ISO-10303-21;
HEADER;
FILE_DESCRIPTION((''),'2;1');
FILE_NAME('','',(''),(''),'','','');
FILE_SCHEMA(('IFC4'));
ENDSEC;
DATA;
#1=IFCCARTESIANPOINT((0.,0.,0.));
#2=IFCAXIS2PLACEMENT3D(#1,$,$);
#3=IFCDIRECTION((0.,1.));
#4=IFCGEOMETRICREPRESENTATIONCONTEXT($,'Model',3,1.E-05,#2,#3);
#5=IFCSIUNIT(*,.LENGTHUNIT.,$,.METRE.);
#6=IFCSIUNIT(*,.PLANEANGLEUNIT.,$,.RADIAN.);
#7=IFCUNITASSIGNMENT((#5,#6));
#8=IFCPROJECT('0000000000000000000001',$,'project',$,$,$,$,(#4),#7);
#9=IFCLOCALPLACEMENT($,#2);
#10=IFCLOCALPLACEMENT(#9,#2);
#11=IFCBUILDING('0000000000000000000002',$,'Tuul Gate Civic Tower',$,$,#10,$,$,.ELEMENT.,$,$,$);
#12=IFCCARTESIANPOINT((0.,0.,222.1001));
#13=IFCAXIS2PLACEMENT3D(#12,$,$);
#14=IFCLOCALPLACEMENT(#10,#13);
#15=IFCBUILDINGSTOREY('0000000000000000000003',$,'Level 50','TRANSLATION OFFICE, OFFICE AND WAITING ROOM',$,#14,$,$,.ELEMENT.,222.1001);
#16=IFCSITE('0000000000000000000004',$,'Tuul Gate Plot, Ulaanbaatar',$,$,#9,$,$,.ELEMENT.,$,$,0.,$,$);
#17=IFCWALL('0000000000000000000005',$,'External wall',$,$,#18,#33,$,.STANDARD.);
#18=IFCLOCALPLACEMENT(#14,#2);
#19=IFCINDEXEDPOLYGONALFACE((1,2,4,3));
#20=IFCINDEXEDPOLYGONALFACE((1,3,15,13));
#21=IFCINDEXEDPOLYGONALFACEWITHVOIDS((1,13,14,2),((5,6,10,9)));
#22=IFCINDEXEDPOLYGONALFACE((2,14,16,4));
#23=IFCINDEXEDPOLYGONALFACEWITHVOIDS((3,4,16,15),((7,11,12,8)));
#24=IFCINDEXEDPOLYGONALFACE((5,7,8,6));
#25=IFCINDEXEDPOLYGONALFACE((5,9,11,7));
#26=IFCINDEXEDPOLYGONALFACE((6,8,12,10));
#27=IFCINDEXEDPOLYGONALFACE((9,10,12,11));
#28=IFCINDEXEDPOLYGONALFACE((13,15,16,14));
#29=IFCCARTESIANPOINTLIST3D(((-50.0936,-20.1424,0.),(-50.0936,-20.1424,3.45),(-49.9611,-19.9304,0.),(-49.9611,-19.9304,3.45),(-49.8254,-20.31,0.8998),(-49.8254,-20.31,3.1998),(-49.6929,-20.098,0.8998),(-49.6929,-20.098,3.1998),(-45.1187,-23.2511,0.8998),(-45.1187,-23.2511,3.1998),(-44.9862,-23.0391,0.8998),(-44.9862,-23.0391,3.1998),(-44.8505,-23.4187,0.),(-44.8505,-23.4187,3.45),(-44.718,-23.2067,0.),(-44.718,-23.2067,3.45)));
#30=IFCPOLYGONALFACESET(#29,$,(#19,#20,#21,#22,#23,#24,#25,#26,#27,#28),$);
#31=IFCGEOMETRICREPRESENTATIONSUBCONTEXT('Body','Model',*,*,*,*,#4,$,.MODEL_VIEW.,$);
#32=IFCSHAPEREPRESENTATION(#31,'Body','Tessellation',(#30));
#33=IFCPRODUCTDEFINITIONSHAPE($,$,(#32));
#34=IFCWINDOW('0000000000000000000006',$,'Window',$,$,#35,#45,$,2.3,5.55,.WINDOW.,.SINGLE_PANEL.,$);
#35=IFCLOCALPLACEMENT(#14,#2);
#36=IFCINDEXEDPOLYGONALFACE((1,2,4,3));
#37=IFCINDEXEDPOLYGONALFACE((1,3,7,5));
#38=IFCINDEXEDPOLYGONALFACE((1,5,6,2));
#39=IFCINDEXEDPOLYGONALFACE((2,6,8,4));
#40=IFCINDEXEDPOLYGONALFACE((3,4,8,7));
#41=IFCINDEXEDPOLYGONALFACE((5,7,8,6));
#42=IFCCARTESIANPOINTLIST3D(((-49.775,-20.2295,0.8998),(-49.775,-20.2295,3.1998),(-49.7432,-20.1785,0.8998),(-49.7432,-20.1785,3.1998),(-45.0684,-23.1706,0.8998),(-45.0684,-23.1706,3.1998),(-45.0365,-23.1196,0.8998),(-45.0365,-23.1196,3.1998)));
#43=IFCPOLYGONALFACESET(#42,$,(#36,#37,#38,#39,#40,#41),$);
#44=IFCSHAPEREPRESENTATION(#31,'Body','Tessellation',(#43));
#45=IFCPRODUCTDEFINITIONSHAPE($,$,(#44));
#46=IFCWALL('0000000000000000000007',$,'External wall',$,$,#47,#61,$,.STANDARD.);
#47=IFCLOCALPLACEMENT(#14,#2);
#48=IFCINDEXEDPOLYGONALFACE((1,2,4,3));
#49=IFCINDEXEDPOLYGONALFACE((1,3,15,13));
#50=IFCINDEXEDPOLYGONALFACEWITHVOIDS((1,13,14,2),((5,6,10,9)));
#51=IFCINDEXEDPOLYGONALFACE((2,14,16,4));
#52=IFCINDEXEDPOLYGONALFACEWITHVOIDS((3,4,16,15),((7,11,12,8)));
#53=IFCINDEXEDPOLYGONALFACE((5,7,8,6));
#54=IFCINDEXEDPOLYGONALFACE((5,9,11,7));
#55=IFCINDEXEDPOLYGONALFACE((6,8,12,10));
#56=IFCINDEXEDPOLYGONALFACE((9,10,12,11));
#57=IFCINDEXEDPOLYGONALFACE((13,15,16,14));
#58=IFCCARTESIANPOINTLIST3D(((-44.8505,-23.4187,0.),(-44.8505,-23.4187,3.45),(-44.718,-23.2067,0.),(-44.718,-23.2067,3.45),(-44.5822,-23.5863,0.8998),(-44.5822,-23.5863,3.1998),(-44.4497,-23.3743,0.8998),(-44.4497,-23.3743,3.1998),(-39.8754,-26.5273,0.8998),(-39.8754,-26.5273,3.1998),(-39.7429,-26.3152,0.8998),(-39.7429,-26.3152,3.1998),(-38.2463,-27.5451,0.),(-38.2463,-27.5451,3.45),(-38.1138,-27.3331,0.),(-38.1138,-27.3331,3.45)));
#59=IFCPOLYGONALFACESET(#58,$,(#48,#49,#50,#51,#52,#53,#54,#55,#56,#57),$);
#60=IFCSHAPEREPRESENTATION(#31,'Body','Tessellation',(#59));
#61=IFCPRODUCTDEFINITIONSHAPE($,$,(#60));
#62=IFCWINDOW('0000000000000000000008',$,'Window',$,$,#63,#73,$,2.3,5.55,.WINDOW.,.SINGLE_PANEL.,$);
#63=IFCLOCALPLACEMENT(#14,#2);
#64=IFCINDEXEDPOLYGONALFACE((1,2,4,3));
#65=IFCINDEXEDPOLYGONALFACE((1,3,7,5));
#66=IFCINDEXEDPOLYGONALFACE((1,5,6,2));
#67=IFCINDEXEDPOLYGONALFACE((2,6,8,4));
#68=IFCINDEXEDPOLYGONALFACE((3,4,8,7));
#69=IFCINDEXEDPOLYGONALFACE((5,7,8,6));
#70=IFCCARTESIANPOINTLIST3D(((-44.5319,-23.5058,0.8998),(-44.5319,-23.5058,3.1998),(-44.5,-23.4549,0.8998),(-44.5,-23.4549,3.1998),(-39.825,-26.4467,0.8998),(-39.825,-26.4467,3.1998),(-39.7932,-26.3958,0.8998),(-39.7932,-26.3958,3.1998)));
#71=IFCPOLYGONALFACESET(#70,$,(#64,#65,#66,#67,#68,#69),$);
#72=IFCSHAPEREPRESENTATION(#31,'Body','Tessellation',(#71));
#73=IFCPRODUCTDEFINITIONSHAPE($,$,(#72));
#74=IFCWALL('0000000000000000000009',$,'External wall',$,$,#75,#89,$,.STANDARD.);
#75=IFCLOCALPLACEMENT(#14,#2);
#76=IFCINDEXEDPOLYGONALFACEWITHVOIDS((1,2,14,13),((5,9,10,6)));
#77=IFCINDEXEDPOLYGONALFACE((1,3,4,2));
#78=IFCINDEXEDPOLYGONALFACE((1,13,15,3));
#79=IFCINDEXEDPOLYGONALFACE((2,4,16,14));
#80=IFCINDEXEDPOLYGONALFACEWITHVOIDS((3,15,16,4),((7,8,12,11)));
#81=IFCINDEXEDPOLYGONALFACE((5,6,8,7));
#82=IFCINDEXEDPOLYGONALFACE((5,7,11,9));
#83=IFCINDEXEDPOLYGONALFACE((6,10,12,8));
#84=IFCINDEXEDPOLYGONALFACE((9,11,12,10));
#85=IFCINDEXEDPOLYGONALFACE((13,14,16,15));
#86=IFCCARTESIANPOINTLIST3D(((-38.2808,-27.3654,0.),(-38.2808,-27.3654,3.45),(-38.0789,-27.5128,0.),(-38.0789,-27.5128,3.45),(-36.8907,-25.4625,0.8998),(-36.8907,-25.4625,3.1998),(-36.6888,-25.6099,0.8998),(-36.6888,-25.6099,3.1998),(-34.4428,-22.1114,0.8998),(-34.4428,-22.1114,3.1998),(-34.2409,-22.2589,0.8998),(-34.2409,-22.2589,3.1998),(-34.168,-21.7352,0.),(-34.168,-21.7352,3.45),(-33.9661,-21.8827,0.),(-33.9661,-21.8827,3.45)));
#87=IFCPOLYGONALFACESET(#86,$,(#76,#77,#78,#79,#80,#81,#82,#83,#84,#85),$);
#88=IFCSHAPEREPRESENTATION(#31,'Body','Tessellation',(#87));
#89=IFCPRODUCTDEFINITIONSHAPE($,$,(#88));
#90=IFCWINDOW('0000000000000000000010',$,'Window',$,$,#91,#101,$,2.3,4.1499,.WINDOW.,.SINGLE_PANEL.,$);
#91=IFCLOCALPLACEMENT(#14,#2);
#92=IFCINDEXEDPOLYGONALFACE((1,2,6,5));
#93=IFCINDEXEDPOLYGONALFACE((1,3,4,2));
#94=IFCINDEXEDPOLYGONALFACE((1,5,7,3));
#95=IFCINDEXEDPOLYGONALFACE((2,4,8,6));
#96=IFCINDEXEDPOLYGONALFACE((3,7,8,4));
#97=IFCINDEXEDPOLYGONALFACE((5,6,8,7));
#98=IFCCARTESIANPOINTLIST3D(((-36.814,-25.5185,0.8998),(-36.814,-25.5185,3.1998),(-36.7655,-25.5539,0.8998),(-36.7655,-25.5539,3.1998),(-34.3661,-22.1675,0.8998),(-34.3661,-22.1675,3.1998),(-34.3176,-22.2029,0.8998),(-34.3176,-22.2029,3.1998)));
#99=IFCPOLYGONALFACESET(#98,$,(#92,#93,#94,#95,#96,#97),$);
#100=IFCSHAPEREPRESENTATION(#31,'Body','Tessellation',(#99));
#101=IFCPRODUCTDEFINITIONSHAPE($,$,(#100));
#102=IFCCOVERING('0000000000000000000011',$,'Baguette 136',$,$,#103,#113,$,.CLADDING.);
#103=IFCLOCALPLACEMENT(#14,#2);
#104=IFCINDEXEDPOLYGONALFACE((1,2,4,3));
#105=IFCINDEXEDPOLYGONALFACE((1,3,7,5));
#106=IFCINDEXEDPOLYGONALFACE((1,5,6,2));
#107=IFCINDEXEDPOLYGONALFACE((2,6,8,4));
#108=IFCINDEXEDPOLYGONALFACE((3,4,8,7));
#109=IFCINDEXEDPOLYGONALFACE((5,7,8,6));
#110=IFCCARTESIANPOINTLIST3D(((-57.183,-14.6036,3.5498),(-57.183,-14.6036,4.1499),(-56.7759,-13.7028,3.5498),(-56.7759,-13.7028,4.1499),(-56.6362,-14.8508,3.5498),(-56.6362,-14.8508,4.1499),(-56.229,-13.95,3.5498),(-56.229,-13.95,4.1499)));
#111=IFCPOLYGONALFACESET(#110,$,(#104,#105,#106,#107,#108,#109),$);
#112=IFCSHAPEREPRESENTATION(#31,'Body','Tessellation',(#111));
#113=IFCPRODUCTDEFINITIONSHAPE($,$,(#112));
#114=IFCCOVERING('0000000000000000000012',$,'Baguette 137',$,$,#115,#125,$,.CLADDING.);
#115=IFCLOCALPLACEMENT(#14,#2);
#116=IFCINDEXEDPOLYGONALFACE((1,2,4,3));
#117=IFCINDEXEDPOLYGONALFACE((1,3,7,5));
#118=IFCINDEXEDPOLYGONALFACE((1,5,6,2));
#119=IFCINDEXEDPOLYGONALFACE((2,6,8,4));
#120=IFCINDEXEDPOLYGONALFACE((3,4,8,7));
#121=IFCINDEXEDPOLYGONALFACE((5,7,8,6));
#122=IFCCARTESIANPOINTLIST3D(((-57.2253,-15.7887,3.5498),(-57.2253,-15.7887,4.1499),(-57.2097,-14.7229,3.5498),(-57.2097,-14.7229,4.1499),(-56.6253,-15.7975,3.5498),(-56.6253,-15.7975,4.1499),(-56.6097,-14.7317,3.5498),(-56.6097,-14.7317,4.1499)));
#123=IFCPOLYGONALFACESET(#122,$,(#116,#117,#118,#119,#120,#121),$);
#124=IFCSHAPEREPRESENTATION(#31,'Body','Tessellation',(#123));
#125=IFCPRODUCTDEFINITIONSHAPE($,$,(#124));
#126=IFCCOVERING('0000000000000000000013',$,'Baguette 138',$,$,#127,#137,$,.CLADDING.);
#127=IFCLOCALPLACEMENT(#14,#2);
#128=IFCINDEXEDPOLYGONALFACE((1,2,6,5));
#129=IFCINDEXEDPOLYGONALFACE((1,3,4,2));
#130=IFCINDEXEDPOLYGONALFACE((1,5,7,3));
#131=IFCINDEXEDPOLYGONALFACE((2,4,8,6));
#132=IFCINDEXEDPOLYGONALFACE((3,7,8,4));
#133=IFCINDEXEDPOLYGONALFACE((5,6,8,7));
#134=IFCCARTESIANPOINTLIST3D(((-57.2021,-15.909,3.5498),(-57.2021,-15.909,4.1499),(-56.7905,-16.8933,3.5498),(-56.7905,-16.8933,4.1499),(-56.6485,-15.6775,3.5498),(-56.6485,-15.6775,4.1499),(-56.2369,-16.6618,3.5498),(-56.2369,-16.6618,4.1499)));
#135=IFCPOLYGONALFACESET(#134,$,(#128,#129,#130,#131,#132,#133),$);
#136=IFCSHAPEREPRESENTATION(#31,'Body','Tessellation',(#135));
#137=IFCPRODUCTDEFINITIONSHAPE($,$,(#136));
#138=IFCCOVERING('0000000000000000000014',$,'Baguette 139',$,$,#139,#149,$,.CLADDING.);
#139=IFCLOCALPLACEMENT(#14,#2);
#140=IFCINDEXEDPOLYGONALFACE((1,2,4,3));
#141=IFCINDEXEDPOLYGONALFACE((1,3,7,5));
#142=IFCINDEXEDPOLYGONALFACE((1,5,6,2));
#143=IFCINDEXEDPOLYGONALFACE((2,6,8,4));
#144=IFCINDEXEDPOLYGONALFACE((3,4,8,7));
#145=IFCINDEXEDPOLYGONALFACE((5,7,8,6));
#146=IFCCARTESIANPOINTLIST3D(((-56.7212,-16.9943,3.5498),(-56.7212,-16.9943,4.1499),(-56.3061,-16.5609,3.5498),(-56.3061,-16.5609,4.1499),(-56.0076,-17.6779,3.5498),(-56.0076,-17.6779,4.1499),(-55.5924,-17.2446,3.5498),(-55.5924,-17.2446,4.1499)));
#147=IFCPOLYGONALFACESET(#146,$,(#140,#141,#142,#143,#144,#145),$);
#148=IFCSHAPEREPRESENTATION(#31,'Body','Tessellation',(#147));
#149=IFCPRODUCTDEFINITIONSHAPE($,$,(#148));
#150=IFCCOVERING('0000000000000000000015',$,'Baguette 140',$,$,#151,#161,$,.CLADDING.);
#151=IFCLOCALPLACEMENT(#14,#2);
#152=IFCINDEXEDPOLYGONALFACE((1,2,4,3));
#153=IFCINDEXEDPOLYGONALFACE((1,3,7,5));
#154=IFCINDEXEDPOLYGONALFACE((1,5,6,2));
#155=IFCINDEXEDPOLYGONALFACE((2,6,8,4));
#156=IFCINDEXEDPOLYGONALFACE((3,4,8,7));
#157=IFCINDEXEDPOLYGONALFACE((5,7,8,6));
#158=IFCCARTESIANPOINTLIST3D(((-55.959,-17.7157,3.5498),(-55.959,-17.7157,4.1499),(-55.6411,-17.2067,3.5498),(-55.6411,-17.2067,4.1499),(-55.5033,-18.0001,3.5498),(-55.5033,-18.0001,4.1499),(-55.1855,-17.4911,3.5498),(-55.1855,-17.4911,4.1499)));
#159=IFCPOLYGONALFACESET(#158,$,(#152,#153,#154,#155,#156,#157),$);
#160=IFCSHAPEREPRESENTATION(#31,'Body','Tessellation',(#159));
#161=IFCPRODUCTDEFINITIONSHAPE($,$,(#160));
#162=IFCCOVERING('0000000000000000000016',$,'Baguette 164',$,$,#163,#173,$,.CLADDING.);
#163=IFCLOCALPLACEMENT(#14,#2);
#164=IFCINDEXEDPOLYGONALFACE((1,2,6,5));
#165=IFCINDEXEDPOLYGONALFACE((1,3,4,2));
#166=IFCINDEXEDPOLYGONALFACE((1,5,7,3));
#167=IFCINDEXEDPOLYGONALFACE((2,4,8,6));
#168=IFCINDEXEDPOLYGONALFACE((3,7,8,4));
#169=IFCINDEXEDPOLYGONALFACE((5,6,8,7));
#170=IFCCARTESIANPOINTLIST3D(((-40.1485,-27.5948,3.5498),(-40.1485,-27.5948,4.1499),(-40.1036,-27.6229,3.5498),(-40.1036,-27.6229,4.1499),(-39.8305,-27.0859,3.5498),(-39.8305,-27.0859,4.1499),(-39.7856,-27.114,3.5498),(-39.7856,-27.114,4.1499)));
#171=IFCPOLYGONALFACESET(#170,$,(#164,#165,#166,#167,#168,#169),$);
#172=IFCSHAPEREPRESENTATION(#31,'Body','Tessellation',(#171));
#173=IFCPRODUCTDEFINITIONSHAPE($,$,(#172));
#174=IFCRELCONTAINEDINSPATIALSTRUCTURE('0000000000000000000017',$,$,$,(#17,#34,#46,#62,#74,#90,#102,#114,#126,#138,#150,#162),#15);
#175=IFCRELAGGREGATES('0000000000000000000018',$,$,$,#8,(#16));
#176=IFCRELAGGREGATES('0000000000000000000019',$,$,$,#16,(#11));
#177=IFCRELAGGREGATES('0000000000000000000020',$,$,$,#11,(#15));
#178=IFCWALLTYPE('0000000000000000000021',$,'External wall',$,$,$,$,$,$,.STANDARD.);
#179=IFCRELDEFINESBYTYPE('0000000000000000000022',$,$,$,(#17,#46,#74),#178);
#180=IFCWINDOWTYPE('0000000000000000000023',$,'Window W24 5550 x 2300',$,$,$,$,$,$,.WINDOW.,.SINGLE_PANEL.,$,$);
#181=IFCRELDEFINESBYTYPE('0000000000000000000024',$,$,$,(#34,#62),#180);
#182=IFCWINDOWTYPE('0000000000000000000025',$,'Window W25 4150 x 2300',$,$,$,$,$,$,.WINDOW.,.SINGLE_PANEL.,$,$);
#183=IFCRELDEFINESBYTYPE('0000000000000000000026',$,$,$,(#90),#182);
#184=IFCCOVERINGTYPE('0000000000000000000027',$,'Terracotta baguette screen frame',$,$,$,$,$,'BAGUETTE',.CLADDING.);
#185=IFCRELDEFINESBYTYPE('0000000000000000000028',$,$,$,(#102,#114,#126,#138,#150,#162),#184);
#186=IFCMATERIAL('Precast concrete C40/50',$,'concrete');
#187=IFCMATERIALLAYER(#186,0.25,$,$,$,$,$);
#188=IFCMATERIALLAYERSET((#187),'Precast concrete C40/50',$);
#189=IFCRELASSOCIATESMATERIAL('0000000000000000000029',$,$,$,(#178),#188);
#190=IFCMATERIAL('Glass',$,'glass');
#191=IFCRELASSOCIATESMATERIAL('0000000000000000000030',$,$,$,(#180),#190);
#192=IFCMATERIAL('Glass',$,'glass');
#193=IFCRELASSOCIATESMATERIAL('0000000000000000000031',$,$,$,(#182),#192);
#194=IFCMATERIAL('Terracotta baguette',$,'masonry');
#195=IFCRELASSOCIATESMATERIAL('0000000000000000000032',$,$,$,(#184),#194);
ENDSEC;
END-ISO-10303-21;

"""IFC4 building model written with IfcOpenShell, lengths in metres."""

from ifc_helpers import new_model, si_unit, direction, frame, frame_2d, origin, origin_2d, place, context, subcontext, project, spatial, rectangle, extrude, material, layer, layer_set, material_profile, profile_set, type_object, element, fill, save


model = new_model("IFC4")

# Units and contexts
model_context = context("Model", 3, precision=1e-05, world=origin(), true_north=direction((0.0, 1.0)))
body_context = subcontext(model_context, "Body", "Model", "MODEL_VIEW")
ifc_project = project(units=[si_unit("LENGTHUNIT", "METRE"), si_unit("PLANEANGLEUNIT", "RADIAN")], contexts=[model_context])

# Site, building, storey
site_placement = place(None, origin())
site = spatial("IfcSite", under=ifc_project, at=site_placement, Name="Tuul Gate Plot, Ulaanbaatar", CompositionType="ELEMENT", RefElevation=0.0)
building_placement = place(site_placement, origin())
building = spatial("IfcBuilding", under=site, at=building_placement, Name="Tuul Gate Civic Tower", CompositionType="ELEMENT")
storey_placement = place(building_placement, frame((0.0, 0.0, 222.1001)))
storey = spatial("IfcBuildingStorey", under=building, at=storey_placement, Name="Level 50", Description="TRANSLATION OFFICE, OFFICE AND WAITING ROOM", CompositionType="ELEMENT", Elevation=222.1001)

# Shared definitions
ifc_material_1 = material(Name="Precast concrete C40/50", Category="concrete")
ifc_layer = layer(ifc_material_1, 0.25)
ifc_layer_set = layer_set([ifc_layer], Name="Precast concrete C40/50")
wall_type = type_object("IfcWallType", Name="External wall", PredefinedType="STANDARD", material=ifc_layer_set)

# Walls, openings, windows
ifc_material_2 = material(Name="Glass", Category="glass")
window_type_1 = type_object("IfcWindowType", Name="Window W24 5550 x 2300", PartitioningType="SINGLE_PANEL", PredefinedType="WINDOW", material=ifc_material_2)
wall_1_placement = place(storey_placement, frame((-50.0273, -20.0364, 0.0), z_axis=(0.0, 0.0, 1.0), x_axis=(0.848043, -0.529928, 0.0)))
wall_1 = element("IfcWall", 1, at=wall_1_placement, inside=storey, type_object=wall_type, Name="External wall", PredefinedType="STANDARD", context=body_context, shape_type="SweptSolid", body=[
    extrude(rectangle(XDim=6.1826, YDim=0.25, at=frame_2d((3.0913, 0.0))), origin(), (0.0, 0.0, 1.0), 3.45),
])
opening_1_placement = place(wall_1_placement, frame((0.3164, 0.0, 0.8999)))
opening_1 = element("IfcOpeningElement", 2, at=opening_1_placement, cuts=wall_1, PredefinedType="OPENING", context=body_context, shape_type="SweptSolid", body=[
    extrude(rectangle(XDim=5.55, YDim=2.3, at=frame_2d((2.7749, 1.1499))), frame((0.0, 0.135, 0.0), z_axis=(0.0, -1.0, 0.0), x_axis=(1.0, 0.0, 0.0)), (0.0, 0.0, 1.0), 0.27),
])
window_1_placement = place(opening_1_placement, origin())
window_1 = element("IfcWindow", 3, at=window_1_placement, inside=storey, type_object=window_type_1, Name="Window", OverallHeight=2.3, OverallWidth=5.55, PartitioningType="SINGLE_PANEL", PredefinedType="WINDOW", context=body_context, shape_type="SweptSolid", body=[
    extrude(rectangle(XDim=5.55, YDim=2.3, at=frame_2d((2.7749, 1.1499))), frame((0.0, 0.03, 0.0), z_axis=(0.0, -1.0, 0.0), x_axis=(1.0, 0.0, 0.0)), (0.0, 0.0, 1.0), 0.0601),
])
fill(opening_1, window_1)
wall_2_placement = place(storey_placement, frame((-44.7842, -23.3127, 0.0), z_axis=(0.0, 0.0, 1.0), x_axis=(0.848067, -0.529889, 0.0)))
wall_2 = element("IfcWall", 4, at=wall_2_placement, inside=storey, type_object=wall_type, Name="External wall", PredefinedType="STANDARD", context=body_context, shape_type="SweptSolid", body=[
    extrude(rectangle(XDim=7.7874, YDim=0.25, at=frame_2d((3.8936, 0.0))), origin(), (0.0, 0.0, 1.0), 3.45),
])
opening_2_placement = place(wall_2_placement, frame((0.3164, 0.0, 0.8999)))
opening_2 = element("IfcOpeningElement", 5, at=opening_2_placement, cuts=wall_2, PredefinedType="OPENING", context=body_context, shape_type="SweptSolid", body=[
    extrude(rectangle(XDim=5.55, YDim=2.3, at=frame_2d((2.7749, 1.1499))), frame((0.0, 0.135, 0.0), z_axis=(0.0, -1.0, 0.0), x_axis=(1.0, 0.0, 0.0)), (0.0, 0.0, 1.0), 0.27),
])
window_2_placement = place(opening_2_placement, origin())
window_2 = element("IfcWindow", 6, at=window_2_placement, inside=storey, type_object=window_type_1, Name="Window", OverallHeight=2.3, OverallWidth=5.55, PartitioningType="SINGLE_PANEL", PredefinedType="WINDOW", context=body_context, shape_type="SweptSolid", body=[
    extrude(rectangle(XDim=5.55, YDim=2.3, at=frame_2d((2.7749, 1.1499))), frame((0.0, 0.03, 0.0), z_axis=(0.0, -1.0, 0.0), x_axis=(1.0, 0.0, 0.0)), (0.0, 0.0, 1.0), 0.0601),
])
fill(opening_2, window_2)
wall_3_placement = place(storey_placement, frame((-38.1799, -27.4392, 0.0), z_axis=(0.0, 0.0, 1.0), x_axis=(0.589873, 0.807496, 0.0)))
wall_3 = element("IfcWall", 7, at=wall_3_placement, inside=storey, type_object=wall_type, Name="External wall", PredefinedType="STANDARD", context=body_context, shape_type="SweptSolid", body=[
    extrude(rectangle(XDim=6.9724, YDim=0.25, at=frame_2d((3.4863, 0.0))), origin(), (0.0, 0.0, 1.0), 3.45),
])
opening_3_placement = place(wall_3_placement, frame((2.3567, 0.0, 0.8999)))
opening_3 = element("IfcOpeningElement", 8, at=opening_3_placement, cuts=wall_3, PredefinedType="OPENING", context=body_context, shape_type="SweptSolid", body=[
    extrude(rectangle(XDim=4.1499, YDim=2.3, at=frame_2d((2.075, 1.1499))), frame((0.0, 0.135, 0.0), z_axis=(0.0, -1.0, 0.0), x_axis=(1.0, 0.0, 0.0)), (0.0, 0.0, 1.0), 0.27),
])
ifc_material_3 = material(Name="Glass", Category="glass")
window_type_2 = type_object("IfcWindowType", Name="Window W25 4150 x 2300", PartitioningType="SINGLE_PANEL", PredefinedType="WINDOW", material=ifc_material_3)
window_3_placement = place(opening_3_placement, origin())
window_3 = element("IfcWindow", 9, at=window_3_placement, inside=storey, type_object=window_type_2, Name="Window", OverallHeight=2.3, OverallWidth=4.1499, PartitioningType="SINGLE_PANEL", PredefinedType="WINDOW", context=body_context, shape_type="SweptSolid", body=[
    extrude(rectangle(XDim=4.1499, YDim=2.3, at=frame_2d((2.075, 1.1499))), frame((0.0, 0.03, 0.0), z_axis=(0.0, -1.0, 0.0), x_axis=(1.0, 0.0, 0.0)), (0.0, 0.0, 1.0), 0.0601),
])
fill(opening_3, window_3)

# Coverings
ifc_material_4 = material(Name="Terracotta baguette", Category="masonry")
ifc_material_profile_1 = material_profile(ifc_material_4, rectangle(XDim=0.6001, YDim=0.6001, at=origin_2d()), Name="Terracotta baguette screen frame")
ifc_profile_set_1 = profile_set([ifc_material_profile_1], Name="Terracotta baguette")
covering_type = type_object("IfcCoveringType", Name="Terracotta baguette screen frame", ElementType="BAGUETTE", PredefinedType="CLADDING", material=ifc_profile_set_1)
covering_1_placement = place(storey_placement, frame((-56.5024, -13.8264, 3.8499), z_axis=(-0.411904, -0.911227, 0.0), x_axis=(0.911227, -0.411904, 0.0)))
element("IfcCovering", 10, at=covering_1_placement, inside=storey, type_object=covering_type, Name="Baguette 136", PredefinedType="CLADDING", context=body_context, shape_type="SweptSolid", body=[
    extrude(rectangle(XDim=0.6001, YDim=0.6001, at=origin_2d()), origin(), (0.0, 0.0, 1.0), 0.9885),
])
covering_2_placement = place(storey_placement, frame((-56.9097, -14.7273, 3.8499), z_axis=(-0.014657, -0.999893, 0.0), x_axis=(0.999893, -0.014657, 0.0)))
element("IfcCovering", 11, at=covering_2_placement, inside=storey, type_object=covering_type, Name="Baguette 137", PredefinedType="CLADDING", context=body_context, shape_type="SweptSolid", body=[
    extrude(rectangle(XDim=0.6001, YDim=0.6001, at=origin_2d()), origin(), (0.0, 0.0, 1.0), 1.0659),
])
covering_3_placement = place(storey_placement, frame((-56.9253, -15.7932, 3.8499), z_axis=(0.385785, -0.922589, 0.0), x_axis=(0.922589, 0.385785, 0.0)))
element("IfcCovering", 12, at=covering_3_placement, inside=storey, type_object=covering_type, Name="Baguette 138", PredefinedType="CLADDING", context=body_context, shape_type="SweptSolid", body=[
    extrude(rectangle(XDim=0.6001, YDim=0.6001, at=origin_2d()), origin(), (0.0, 0.0, 1.0), 1.0669),
])
covering_4_placement = place(storey_placement, frame((-56.5137, -16.7776, 3.8499), z_axis=(0.722137, -0.69175, 0.0), x_axis=(0.69175, 0.722137, 0.0)))
element("IfcCovering", 13, at=covering_4_placement, inside=storey, type_object=covering_type, Name="Baguette 139", PredefinedType="CLADDING", context=body_context, shape_type="SweptSolid", body=[
    extrude(rectangle(XDim=0.6001, YDim=0.6001, at=origin_2d()), origin(), (0.0, 0.0, 1.0), 0.9883),
])
covering_5_placement = place(storey_placement, frame((-55.8, -17.4612, 3.8499), z_axis=(0.848254, -0.52959, 0.0), x_axis=(0.52959, 0.848254, 0.0)))
element("IfcCovering", 14, at=covering_5_placement, inside=storey, type_object=covering_type, Name="Baguette 140", PredefinedType="CLADDING", context=body_context, shape_type="SweptSolid", body=[
    extrude(rectangle(XDim=0.6001, YDim=0.6001, at=origin_2d()), origin(), (0.0, 0.0, 1.0), 0.5371),
])
covering_6_placement = place(storey_placement, frame((-39.9895, -27.3403, 3.8499), z_axis=(0.847998, -0.529999, 0.0), x_axis=(0.529999, 0.847998, 0.0)))
element("IfcCovering", 15, at=covering_6_placement, inside=storey, type_object=covering_type, Name="Baguette 164", PredefinedType="CLADDING", context=body_context, shape_type="SweptSolid", body=[
    extrude(rectangle(XDim=0.6001, YDim=0.6001, at=origin_2d()), origin(), (0.0, 0.0, 1.0), 0.053),
])

save(model, "model.ifc")
